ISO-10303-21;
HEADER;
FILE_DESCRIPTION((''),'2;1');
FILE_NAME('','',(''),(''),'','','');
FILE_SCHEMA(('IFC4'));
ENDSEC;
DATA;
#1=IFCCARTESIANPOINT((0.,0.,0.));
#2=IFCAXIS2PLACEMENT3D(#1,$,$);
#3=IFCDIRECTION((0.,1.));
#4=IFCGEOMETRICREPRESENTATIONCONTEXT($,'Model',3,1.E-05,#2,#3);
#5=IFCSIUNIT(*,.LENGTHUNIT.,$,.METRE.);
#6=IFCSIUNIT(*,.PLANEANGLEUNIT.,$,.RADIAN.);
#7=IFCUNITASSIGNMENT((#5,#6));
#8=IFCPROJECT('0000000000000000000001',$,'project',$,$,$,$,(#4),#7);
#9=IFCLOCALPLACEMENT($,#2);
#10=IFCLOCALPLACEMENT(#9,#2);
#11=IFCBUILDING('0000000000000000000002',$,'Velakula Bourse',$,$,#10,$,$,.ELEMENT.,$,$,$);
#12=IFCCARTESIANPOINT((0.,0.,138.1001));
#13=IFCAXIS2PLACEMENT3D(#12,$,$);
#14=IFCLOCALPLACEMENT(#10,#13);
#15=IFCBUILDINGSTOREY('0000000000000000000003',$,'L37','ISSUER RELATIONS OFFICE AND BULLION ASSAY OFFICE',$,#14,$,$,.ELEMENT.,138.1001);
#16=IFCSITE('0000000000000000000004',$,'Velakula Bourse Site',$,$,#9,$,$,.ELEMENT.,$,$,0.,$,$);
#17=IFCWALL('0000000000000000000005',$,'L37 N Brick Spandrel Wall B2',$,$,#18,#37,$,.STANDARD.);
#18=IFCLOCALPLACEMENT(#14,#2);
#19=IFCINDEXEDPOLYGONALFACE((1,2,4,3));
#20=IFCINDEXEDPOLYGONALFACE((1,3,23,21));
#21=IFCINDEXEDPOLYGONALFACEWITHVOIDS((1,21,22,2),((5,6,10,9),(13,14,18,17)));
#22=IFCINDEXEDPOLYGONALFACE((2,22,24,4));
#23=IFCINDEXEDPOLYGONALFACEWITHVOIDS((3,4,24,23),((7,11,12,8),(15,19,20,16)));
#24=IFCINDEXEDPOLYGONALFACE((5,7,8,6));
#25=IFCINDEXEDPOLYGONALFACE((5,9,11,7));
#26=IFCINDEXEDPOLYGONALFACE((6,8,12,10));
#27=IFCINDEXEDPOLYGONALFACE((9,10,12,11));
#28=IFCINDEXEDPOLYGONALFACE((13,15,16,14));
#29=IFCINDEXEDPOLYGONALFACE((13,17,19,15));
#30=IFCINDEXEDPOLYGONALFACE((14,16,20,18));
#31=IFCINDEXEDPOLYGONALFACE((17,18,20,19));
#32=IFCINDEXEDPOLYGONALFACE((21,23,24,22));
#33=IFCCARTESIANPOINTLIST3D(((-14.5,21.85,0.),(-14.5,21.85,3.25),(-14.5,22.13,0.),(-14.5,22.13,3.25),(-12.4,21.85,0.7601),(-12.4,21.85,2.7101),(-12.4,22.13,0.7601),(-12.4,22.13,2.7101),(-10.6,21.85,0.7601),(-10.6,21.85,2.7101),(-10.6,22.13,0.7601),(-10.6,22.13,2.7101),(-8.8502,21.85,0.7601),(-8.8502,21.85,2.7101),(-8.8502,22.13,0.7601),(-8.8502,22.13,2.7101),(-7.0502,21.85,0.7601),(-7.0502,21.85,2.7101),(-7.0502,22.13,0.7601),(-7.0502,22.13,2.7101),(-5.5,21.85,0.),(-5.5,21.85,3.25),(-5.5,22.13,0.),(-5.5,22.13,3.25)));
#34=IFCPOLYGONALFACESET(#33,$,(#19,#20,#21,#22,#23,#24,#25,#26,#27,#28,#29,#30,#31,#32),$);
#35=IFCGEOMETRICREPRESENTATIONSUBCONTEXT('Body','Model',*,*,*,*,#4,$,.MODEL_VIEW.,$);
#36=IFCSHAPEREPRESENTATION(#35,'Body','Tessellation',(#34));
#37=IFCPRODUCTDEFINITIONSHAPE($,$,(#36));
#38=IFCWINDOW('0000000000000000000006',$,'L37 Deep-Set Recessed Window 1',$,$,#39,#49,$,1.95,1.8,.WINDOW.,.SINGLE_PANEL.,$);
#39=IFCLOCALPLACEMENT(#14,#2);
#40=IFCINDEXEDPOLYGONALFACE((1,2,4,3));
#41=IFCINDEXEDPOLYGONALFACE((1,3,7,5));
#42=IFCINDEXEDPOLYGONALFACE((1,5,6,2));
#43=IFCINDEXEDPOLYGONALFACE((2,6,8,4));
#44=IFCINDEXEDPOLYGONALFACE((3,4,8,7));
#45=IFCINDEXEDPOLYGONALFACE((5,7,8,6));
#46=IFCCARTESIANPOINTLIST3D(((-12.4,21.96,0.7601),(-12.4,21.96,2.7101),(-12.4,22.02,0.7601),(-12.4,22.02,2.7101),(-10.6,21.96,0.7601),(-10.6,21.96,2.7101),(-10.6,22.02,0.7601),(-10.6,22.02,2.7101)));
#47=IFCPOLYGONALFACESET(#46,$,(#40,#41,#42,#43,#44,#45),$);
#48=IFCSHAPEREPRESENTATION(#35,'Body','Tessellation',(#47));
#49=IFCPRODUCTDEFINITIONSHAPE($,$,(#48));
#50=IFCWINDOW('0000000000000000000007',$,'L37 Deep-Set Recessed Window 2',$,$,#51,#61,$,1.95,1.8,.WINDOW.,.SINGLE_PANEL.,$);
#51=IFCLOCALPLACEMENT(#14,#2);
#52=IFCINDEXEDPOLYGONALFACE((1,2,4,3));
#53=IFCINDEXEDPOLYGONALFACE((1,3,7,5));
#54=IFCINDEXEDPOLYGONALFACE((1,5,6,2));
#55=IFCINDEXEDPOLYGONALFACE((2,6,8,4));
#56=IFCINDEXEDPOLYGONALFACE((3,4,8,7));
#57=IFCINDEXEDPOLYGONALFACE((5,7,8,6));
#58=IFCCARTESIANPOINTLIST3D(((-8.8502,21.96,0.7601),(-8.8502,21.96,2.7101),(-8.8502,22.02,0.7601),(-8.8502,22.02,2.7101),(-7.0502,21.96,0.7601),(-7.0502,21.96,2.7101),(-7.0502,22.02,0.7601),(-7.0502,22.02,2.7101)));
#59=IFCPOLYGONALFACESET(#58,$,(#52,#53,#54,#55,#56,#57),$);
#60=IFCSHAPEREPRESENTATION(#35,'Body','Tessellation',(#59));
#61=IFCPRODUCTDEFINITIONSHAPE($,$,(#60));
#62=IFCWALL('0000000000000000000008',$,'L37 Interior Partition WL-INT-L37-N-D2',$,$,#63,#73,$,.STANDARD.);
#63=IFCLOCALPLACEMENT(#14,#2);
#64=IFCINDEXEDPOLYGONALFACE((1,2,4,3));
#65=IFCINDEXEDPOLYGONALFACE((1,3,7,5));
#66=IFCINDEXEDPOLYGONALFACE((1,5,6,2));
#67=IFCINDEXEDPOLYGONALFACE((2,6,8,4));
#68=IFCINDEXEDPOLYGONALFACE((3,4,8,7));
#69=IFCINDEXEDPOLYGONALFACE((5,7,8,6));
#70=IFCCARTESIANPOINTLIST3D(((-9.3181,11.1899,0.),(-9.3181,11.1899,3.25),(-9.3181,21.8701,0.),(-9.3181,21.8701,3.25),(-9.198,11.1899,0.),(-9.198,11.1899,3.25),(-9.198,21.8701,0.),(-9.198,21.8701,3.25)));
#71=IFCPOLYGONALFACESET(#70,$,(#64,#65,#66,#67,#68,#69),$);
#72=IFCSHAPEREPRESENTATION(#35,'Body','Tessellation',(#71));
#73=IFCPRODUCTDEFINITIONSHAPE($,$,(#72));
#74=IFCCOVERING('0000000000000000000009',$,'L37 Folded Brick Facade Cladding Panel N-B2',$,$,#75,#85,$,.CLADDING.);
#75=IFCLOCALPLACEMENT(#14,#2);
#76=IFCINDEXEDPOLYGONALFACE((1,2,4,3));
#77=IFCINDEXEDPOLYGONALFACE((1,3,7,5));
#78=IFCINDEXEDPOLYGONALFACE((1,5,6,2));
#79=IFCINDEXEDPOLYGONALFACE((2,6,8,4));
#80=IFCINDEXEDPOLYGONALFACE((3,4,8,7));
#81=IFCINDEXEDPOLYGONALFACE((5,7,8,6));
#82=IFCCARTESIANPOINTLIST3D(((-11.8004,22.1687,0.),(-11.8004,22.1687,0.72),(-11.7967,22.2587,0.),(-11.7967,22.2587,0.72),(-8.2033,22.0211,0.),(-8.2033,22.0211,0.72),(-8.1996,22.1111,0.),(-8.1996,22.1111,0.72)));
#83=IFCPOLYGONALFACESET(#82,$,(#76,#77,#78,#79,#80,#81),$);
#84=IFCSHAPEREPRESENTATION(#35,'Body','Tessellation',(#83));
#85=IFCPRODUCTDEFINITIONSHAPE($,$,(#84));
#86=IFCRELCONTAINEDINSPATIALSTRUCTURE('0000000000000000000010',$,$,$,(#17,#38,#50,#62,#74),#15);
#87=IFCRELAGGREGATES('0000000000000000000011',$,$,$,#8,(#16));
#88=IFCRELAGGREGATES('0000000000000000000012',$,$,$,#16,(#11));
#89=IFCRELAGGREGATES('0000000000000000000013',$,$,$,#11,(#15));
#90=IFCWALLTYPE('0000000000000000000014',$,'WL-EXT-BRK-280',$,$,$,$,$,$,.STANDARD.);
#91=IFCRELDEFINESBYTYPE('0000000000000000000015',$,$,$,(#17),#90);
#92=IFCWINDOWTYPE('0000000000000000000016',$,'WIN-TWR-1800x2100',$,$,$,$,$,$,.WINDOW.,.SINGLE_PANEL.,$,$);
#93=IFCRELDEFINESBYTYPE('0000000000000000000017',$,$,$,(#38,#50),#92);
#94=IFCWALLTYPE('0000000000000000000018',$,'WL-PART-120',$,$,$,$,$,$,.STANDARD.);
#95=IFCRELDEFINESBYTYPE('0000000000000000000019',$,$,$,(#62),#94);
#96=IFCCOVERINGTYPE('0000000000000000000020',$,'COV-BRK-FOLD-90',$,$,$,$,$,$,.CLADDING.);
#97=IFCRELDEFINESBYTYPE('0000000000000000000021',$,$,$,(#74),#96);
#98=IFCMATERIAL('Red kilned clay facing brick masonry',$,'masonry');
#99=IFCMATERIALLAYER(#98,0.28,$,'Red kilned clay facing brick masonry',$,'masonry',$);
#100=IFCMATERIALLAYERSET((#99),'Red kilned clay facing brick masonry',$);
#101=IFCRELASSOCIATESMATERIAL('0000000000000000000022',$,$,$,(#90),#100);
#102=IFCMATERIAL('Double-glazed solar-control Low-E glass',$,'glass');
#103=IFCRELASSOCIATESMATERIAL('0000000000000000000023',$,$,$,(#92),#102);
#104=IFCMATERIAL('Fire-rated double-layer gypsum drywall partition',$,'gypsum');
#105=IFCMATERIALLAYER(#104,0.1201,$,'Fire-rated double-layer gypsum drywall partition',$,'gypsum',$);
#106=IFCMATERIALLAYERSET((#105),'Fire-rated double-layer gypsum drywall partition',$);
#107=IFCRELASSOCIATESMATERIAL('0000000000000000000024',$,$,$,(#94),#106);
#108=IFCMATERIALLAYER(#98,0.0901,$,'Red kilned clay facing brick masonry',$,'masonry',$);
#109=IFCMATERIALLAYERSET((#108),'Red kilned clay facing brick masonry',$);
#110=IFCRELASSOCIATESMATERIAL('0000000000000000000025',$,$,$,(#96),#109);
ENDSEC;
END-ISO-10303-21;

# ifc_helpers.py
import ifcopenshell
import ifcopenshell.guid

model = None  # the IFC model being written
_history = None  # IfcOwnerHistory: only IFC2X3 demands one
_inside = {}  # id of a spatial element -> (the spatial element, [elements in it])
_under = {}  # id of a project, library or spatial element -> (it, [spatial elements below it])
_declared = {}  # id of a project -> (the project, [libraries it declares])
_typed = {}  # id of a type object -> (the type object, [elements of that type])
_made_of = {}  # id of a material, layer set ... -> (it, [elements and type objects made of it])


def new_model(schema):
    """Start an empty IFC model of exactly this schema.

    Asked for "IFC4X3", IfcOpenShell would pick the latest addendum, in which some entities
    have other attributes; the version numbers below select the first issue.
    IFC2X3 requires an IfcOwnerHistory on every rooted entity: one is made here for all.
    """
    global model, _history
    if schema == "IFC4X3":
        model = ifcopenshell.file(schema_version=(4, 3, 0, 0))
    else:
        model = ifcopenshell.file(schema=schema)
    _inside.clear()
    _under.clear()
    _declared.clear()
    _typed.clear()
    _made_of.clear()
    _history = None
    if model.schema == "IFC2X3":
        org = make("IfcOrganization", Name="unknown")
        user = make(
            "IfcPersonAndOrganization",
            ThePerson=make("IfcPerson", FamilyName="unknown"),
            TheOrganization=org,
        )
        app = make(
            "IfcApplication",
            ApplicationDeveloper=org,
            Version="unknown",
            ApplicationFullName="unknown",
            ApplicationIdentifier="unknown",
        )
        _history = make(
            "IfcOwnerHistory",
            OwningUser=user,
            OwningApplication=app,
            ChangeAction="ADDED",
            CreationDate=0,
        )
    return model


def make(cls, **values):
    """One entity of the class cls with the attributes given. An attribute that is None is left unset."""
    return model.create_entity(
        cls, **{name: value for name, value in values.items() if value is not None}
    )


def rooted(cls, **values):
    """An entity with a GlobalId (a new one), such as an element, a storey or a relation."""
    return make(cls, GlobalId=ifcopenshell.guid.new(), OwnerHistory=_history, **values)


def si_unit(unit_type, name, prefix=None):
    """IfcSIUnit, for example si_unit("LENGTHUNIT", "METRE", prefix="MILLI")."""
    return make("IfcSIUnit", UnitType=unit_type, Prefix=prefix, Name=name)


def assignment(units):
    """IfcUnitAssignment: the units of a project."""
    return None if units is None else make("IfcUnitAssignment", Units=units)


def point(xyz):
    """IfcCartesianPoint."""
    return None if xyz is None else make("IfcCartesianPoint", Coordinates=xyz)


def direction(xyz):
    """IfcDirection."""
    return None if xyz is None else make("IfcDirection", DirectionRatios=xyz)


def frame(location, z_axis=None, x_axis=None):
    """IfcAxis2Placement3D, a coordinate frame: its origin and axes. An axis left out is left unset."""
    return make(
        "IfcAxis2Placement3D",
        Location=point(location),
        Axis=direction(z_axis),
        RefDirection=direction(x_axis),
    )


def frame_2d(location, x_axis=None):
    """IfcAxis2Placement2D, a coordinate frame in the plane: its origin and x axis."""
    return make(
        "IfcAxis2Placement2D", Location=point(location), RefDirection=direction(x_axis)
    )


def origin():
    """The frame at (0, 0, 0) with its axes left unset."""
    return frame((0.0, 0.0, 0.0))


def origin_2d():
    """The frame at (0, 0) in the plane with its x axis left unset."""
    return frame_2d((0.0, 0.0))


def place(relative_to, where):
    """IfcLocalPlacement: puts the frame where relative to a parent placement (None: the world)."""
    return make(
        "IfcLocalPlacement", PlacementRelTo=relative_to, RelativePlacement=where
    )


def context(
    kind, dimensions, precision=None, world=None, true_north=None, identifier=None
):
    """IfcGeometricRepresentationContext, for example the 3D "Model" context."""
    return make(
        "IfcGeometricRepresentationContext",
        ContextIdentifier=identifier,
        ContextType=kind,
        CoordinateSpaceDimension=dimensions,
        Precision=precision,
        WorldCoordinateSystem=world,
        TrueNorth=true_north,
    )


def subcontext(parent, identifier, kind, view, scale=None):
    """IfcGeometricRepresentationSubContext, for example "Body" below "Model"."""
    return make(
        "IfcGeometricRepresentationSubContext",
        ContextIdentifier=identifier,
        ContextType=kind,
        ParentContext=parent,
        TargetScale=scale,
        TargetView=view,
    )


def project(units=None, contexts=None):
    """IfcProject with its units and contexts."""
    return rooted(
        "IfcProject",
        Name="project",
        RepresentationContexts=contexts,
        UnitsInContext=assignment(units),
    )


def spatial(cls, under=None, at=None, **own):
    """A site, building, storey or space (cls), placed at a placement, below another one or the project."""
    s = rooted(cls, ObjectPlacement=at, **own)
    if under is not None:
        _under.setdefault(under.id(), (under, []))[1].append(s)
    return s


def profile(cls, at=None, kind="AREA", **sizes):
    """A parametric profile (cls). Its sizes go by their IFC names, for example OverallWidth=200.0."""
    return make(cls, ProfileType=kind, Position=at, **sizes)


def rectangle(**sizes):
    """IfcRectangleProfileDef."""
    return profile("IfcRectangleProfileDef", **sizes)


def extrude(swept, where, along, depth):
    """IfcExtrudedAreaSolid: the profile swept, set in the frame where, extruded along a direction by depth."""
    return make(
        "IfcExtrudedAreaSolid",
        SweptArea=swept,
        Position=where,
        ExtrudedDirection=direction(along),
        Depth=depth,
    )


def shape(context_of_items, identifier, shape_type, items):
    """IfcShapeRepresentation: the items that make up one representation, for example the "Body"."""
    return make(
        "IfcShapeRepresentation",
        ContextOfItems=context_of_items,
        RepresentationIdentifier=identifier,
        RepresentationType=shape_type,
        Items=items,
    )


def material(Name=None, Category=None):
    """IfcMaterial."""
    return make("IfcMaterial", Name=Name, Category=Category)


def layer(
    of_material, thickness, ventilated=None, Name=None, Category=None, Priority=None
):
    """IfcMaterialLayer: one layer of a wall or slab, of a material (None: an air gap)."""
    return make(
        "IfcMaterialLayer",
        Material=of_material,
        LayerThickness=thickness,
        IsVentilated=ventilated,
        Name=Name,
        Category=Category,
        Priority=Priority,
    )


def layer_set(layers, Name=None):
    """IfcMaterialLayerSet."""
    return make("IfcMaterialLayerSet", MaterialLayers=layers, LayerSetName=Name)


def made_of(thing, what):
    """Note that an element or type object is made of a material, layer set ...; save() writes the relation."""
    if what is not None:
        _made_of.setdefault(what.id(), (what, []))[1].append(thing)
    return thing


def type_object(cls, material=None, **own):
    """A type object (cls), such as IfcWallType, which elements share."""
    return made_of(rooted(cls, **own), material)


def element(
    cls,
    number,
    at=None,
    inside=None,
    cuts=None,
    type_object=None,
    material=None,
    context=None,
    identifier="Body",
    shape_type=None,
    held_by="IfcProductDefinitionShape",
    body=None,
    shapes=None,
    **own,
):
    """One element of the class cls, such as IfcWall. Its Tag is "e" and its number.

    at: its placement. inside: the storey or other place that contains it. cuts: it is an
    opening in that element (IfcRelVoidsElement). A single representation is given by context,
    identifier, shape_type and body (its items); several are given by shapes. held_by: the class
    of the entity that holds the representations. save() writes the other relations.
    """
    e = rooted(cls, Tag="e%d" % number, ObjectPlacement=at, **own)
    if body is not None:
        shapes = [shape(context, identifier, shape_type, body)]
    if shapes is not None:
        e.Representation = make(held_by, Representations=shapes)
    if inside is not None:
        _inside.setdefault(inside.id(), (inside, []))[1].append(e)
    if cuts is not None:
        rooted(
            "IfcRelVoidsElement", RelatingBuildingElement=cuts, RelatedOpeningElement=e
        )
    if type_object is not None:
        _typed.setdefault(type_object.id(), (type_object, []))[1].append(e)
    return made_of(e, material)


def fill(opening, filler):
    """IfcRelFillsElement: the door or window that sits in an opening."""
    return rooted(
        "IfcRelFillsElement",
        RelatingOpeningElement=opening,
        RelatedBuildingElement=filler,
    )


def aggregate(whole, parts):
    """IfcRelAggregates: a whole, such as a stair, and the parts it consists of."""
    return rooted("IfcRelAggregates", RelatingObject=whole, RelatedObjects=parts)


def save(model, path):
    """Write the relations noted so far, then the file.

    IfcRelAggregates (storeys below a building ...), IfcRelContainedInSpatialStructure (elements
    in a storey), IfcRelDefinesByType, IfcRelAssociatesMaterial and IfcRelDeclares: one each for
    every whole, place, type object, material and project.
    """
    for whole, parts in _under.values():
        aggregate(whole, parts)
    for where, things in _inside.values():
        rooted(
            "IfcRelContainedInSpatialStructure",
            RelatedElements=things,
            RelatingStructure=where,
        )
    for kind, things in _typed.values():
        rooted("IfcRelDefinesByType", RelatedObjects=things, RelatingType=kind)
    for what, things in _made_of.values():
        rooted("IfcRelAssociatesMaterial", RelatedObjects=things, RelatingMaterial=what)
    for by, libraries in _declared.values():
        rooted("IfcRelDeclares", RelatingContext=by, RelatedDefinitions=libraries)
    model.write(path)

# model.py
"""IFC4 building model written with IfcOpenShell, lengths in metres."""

from ifc_helpers import new_model, si_unit, direction, frame, frame_2d, origin, origin_2d, place, context, subcontext, project, spatial, rectangle, extrude, material, layer, layer_set, type_object, element, fill, save


model = new_model("IFC4")

# Units and contexts
model_context = context("Model", 3, precision=1e-05, world=origin(), true_north=direction((0.0, 1.0)))
body_context = subcontext(model_context, "Body", "Model", "MODEL_VIEW")
ifc_project = project(units=[si_unit("LENGTHUNIT", "METRE"), si_unit("PLANEANGLEUNIT", "RADIAN")], contexts=[model_context])

# Site, building, storey
site_placement = place(None, origin())
site = spatial("IfcSite", under=ifc_project, at=site_placement, Name="Velakula Bourse Site", CompositionType="ELEMENT", RefElevation=0.0)
building_placement = place(site_placement, origin())
building = spatial("IfcBuilding", under=site, at=building_placement, Name="Velakula Bourse", CompositionType="ELEMENT")
storey_placement = place(building_placement, frame((0.0, 0.0, 138.1001)))
storey = spatial("IfcBuildingStorey", under=building, at=storey_placement, Name="L37", Description="ISSUER RELATIONS OFFICE AND BULLION ASSAY OFFICE", CompositionType="ELEMENT", Elevation=138.1001)

# Wall, openings, windows
ifc_material_1 = material(Name="Red kilned clay facing brick masonry", Category="masonry")
ifc_layer_1 = layer(ifc_material_1, 0.28, Name="Red kilned clay facing brick masonry", Category="masonry")
ifc_layer_set_1 = layer_set([ifc_layer_1], Name="Red kilned clay facing brick masonry")
wall_type_1 = type_object("IfcWallType", Name="WL-EXT-BRK-280", PredefinedType="STANDARD", material=ifc_layer_set_1)
wall_1_placement = place(storey_placement, frame((-14.5, 21.99, 0.0), z_axis=(0.0, 0.0, 1.0), x_axis=(1.0, 0.0, 0.0)))
wall_1 = element("IfcWall", 1, at=wall_1_placement, inside=storey, type_object=wall_type_1, Name="L37 N Brick Spandrel Wall B2", PredefinedType="STANDARD", context=body_context, shape_type="SweptSolid", body=[
    extrude(rectangle(XDim=9.0, YDim=0.28, at=frame_2d((4.5, 0.0))), origin(), (0.0, 0.0, 1.0), 3.25),
])
opening_1_placement = place(wall_1_placement, frame((2.1001, 0.0, 0.76)))
opening_1 = element("IfcOpeningElement", 2, at=opening_1_placement, cuts=wall_1, PredefinedType="OPENING", context=body_context, shape_type="SweptSolid", body=[
    extrude(rectangle(XDim=1.8, YDim=1.95, at=frame_2d((0.8999, 0.9751))), frame((0.0, 0.1499, 0.0), z_axis=(0.0, -1.0, 0.0), x_axis=(1.0, 0.0, 0.0)), (0.0, 0.0, 1.0), 0.3),
])
opening_2_placement = place(wall_1_placement, frame((5.6499, 0.0, 0.76)))
opening_2 = element("IfcOpeningElement", 3, at=opening_2_placement, cuts=wall_1, PredefinedType="OPENING", context=body_context, shape_type="SweptSolid", body=[
    extrude(rectangle(XDim=1.8, YDim=1.95, at=frame_2d((0.8999, 0.9751))), frame((0.0, 0.1499, 0.0), z_axis=(0.0, -1.0, 0.0), x_axis=(1.0, 0.0, 0.0)), (0.0, 0.0, 1.0), 0.3),
])
ifc_material_2 = material(Name="Double-glazed solar-control Low-E glass", Category="glass")
window_type = type_object("IfcWindowType", Name="WIN-TWR-1800x2100", PartitioningType="SINGLE_PANEL", PredefinedType="WINDOW", material=ifc_material_2)
window_1_placement = place(opening_1_placement, origin())
window_1 = element("IfcWindow", 4, at=window_1_placement, inside=storey, type_object=window_type, Name="L37 Deep-Set Recessed Window 1", OverallHeight=1.95, OverallWidth=1.8, PartitioningType="SINGLE_PANEL", PredefinedType="WINDOW", context=body_context, shape_type="SweptSolid", body=[
    extrude(rectangle(XDim=1.8, YDim=1.95, at=frame_2d((0.8999, 0.9751))), frame((0.0, 0.03, 0.0), z_axis=(0.0, -1.0, 0.0), x_axis=(1.0, 0.0, 0.0)), (0.0, 0.0, 1.0), 0.0601),
])
fill(opening_1, window_1)
window_2_placement = place(opening_2_placement, origin())
window_2 = element("IfcWindow", 5, at=window_2_placement, inside=storey, type_object=window_type, Name="L37 Deep-Set Recessed Window 2", OverallHeight=1.95, OverallWidth=1.8, PartitioningType="SINGLE_PANEL", PredefinedType="WINDOW", context=body_context, shape_type="SweptSolid", body=[
    extrude(rectangle(XDim=1.8, YDim=1.95, at=frame_2d((0.8999, 0.9751))), frame((0.0, 0.03, 0.0), z_axis=(0.0, -1.0, 0.0), x_axis=(1.0, 0.0, 0.0)), (0.0, 0.0, 1.0), 0.0601),
])
fill(opening_2, window_2)

# Wall
ifc_material_3 = material(Name="Fire-rated double-layer gypsum drywall partition", Category="gypsum")
ifc_layer_2 = layer(ifc_material_3, 0.1201, Name="Fire-rated double-layer gypsum drywall partition", Category="gypsum")
ifc_layer_set_2 = layer_set([ifc_layer_2], Name="Fire-rated double-layer gypsum drywall partition")
wall_type_2 = type_object("IfcWallType", Name="WL-PART-120", PredefinedType="STANDARD", material=ifc_layer_set_2)
wall_2_placement = place(storey_placement, frame((-9.2581, 11.1899, 0.0), z_axis=(0.0, 0.0, 1.0), x_axis=(0.0, 1.0, 0.0)))
element("IfcWall", 6, at=wall_2_placement, inside=storey, type_object=wall_type_2, Name="L37 Interior Partition WL-INT-L37-N-D2", PredefinedType="STANDARD", context=body_context, shape_type="SweptSolid", body=[
    extrude(rectangle(XDim=10.6802, YDim=0.1201, at=frame_2d((5.3401, 0.0))), origin(), (0.0, 0.0, 1.0), 3.25),
])

# Covering
ifc_layer_3 = layer(ifc_material_1, 0.0901, Name="Red kilned clay facing brick masonry", Category="masonry")
ifc_layer_set_3 = layer_set([ifc_layer_3], Name="Red kilned clay facing brick masonry")
covering_type = type_object("IfcCoveringType", Name="COV-BRK-FOLD-90", PredefinedType="CLADDING", material=ifc_layer_set_3)
covering_placement = place(storey_placement, frame((-10.0, 22.1399, 0.0), z_axis=(0.0, 0.0, 1.0), x_axis=(0.999159, -0.041004, 0.0)))
element("IfcCovering", 7, at=covering_placement, inside=storey, type_object=covering_type, Name="L37 Folded Brick Facade Cladding Panel N-B2", PredefinedType="CLADDING", context=body_context, shape_type="SweptSolid", body=[
    extrude(rectangle(XDim=3.6001, YDim=0.0901, at=origin_2d()), origin(), (0.0, 0.0, 1.0), 0.72),
])

save(model, "model.ifc")
